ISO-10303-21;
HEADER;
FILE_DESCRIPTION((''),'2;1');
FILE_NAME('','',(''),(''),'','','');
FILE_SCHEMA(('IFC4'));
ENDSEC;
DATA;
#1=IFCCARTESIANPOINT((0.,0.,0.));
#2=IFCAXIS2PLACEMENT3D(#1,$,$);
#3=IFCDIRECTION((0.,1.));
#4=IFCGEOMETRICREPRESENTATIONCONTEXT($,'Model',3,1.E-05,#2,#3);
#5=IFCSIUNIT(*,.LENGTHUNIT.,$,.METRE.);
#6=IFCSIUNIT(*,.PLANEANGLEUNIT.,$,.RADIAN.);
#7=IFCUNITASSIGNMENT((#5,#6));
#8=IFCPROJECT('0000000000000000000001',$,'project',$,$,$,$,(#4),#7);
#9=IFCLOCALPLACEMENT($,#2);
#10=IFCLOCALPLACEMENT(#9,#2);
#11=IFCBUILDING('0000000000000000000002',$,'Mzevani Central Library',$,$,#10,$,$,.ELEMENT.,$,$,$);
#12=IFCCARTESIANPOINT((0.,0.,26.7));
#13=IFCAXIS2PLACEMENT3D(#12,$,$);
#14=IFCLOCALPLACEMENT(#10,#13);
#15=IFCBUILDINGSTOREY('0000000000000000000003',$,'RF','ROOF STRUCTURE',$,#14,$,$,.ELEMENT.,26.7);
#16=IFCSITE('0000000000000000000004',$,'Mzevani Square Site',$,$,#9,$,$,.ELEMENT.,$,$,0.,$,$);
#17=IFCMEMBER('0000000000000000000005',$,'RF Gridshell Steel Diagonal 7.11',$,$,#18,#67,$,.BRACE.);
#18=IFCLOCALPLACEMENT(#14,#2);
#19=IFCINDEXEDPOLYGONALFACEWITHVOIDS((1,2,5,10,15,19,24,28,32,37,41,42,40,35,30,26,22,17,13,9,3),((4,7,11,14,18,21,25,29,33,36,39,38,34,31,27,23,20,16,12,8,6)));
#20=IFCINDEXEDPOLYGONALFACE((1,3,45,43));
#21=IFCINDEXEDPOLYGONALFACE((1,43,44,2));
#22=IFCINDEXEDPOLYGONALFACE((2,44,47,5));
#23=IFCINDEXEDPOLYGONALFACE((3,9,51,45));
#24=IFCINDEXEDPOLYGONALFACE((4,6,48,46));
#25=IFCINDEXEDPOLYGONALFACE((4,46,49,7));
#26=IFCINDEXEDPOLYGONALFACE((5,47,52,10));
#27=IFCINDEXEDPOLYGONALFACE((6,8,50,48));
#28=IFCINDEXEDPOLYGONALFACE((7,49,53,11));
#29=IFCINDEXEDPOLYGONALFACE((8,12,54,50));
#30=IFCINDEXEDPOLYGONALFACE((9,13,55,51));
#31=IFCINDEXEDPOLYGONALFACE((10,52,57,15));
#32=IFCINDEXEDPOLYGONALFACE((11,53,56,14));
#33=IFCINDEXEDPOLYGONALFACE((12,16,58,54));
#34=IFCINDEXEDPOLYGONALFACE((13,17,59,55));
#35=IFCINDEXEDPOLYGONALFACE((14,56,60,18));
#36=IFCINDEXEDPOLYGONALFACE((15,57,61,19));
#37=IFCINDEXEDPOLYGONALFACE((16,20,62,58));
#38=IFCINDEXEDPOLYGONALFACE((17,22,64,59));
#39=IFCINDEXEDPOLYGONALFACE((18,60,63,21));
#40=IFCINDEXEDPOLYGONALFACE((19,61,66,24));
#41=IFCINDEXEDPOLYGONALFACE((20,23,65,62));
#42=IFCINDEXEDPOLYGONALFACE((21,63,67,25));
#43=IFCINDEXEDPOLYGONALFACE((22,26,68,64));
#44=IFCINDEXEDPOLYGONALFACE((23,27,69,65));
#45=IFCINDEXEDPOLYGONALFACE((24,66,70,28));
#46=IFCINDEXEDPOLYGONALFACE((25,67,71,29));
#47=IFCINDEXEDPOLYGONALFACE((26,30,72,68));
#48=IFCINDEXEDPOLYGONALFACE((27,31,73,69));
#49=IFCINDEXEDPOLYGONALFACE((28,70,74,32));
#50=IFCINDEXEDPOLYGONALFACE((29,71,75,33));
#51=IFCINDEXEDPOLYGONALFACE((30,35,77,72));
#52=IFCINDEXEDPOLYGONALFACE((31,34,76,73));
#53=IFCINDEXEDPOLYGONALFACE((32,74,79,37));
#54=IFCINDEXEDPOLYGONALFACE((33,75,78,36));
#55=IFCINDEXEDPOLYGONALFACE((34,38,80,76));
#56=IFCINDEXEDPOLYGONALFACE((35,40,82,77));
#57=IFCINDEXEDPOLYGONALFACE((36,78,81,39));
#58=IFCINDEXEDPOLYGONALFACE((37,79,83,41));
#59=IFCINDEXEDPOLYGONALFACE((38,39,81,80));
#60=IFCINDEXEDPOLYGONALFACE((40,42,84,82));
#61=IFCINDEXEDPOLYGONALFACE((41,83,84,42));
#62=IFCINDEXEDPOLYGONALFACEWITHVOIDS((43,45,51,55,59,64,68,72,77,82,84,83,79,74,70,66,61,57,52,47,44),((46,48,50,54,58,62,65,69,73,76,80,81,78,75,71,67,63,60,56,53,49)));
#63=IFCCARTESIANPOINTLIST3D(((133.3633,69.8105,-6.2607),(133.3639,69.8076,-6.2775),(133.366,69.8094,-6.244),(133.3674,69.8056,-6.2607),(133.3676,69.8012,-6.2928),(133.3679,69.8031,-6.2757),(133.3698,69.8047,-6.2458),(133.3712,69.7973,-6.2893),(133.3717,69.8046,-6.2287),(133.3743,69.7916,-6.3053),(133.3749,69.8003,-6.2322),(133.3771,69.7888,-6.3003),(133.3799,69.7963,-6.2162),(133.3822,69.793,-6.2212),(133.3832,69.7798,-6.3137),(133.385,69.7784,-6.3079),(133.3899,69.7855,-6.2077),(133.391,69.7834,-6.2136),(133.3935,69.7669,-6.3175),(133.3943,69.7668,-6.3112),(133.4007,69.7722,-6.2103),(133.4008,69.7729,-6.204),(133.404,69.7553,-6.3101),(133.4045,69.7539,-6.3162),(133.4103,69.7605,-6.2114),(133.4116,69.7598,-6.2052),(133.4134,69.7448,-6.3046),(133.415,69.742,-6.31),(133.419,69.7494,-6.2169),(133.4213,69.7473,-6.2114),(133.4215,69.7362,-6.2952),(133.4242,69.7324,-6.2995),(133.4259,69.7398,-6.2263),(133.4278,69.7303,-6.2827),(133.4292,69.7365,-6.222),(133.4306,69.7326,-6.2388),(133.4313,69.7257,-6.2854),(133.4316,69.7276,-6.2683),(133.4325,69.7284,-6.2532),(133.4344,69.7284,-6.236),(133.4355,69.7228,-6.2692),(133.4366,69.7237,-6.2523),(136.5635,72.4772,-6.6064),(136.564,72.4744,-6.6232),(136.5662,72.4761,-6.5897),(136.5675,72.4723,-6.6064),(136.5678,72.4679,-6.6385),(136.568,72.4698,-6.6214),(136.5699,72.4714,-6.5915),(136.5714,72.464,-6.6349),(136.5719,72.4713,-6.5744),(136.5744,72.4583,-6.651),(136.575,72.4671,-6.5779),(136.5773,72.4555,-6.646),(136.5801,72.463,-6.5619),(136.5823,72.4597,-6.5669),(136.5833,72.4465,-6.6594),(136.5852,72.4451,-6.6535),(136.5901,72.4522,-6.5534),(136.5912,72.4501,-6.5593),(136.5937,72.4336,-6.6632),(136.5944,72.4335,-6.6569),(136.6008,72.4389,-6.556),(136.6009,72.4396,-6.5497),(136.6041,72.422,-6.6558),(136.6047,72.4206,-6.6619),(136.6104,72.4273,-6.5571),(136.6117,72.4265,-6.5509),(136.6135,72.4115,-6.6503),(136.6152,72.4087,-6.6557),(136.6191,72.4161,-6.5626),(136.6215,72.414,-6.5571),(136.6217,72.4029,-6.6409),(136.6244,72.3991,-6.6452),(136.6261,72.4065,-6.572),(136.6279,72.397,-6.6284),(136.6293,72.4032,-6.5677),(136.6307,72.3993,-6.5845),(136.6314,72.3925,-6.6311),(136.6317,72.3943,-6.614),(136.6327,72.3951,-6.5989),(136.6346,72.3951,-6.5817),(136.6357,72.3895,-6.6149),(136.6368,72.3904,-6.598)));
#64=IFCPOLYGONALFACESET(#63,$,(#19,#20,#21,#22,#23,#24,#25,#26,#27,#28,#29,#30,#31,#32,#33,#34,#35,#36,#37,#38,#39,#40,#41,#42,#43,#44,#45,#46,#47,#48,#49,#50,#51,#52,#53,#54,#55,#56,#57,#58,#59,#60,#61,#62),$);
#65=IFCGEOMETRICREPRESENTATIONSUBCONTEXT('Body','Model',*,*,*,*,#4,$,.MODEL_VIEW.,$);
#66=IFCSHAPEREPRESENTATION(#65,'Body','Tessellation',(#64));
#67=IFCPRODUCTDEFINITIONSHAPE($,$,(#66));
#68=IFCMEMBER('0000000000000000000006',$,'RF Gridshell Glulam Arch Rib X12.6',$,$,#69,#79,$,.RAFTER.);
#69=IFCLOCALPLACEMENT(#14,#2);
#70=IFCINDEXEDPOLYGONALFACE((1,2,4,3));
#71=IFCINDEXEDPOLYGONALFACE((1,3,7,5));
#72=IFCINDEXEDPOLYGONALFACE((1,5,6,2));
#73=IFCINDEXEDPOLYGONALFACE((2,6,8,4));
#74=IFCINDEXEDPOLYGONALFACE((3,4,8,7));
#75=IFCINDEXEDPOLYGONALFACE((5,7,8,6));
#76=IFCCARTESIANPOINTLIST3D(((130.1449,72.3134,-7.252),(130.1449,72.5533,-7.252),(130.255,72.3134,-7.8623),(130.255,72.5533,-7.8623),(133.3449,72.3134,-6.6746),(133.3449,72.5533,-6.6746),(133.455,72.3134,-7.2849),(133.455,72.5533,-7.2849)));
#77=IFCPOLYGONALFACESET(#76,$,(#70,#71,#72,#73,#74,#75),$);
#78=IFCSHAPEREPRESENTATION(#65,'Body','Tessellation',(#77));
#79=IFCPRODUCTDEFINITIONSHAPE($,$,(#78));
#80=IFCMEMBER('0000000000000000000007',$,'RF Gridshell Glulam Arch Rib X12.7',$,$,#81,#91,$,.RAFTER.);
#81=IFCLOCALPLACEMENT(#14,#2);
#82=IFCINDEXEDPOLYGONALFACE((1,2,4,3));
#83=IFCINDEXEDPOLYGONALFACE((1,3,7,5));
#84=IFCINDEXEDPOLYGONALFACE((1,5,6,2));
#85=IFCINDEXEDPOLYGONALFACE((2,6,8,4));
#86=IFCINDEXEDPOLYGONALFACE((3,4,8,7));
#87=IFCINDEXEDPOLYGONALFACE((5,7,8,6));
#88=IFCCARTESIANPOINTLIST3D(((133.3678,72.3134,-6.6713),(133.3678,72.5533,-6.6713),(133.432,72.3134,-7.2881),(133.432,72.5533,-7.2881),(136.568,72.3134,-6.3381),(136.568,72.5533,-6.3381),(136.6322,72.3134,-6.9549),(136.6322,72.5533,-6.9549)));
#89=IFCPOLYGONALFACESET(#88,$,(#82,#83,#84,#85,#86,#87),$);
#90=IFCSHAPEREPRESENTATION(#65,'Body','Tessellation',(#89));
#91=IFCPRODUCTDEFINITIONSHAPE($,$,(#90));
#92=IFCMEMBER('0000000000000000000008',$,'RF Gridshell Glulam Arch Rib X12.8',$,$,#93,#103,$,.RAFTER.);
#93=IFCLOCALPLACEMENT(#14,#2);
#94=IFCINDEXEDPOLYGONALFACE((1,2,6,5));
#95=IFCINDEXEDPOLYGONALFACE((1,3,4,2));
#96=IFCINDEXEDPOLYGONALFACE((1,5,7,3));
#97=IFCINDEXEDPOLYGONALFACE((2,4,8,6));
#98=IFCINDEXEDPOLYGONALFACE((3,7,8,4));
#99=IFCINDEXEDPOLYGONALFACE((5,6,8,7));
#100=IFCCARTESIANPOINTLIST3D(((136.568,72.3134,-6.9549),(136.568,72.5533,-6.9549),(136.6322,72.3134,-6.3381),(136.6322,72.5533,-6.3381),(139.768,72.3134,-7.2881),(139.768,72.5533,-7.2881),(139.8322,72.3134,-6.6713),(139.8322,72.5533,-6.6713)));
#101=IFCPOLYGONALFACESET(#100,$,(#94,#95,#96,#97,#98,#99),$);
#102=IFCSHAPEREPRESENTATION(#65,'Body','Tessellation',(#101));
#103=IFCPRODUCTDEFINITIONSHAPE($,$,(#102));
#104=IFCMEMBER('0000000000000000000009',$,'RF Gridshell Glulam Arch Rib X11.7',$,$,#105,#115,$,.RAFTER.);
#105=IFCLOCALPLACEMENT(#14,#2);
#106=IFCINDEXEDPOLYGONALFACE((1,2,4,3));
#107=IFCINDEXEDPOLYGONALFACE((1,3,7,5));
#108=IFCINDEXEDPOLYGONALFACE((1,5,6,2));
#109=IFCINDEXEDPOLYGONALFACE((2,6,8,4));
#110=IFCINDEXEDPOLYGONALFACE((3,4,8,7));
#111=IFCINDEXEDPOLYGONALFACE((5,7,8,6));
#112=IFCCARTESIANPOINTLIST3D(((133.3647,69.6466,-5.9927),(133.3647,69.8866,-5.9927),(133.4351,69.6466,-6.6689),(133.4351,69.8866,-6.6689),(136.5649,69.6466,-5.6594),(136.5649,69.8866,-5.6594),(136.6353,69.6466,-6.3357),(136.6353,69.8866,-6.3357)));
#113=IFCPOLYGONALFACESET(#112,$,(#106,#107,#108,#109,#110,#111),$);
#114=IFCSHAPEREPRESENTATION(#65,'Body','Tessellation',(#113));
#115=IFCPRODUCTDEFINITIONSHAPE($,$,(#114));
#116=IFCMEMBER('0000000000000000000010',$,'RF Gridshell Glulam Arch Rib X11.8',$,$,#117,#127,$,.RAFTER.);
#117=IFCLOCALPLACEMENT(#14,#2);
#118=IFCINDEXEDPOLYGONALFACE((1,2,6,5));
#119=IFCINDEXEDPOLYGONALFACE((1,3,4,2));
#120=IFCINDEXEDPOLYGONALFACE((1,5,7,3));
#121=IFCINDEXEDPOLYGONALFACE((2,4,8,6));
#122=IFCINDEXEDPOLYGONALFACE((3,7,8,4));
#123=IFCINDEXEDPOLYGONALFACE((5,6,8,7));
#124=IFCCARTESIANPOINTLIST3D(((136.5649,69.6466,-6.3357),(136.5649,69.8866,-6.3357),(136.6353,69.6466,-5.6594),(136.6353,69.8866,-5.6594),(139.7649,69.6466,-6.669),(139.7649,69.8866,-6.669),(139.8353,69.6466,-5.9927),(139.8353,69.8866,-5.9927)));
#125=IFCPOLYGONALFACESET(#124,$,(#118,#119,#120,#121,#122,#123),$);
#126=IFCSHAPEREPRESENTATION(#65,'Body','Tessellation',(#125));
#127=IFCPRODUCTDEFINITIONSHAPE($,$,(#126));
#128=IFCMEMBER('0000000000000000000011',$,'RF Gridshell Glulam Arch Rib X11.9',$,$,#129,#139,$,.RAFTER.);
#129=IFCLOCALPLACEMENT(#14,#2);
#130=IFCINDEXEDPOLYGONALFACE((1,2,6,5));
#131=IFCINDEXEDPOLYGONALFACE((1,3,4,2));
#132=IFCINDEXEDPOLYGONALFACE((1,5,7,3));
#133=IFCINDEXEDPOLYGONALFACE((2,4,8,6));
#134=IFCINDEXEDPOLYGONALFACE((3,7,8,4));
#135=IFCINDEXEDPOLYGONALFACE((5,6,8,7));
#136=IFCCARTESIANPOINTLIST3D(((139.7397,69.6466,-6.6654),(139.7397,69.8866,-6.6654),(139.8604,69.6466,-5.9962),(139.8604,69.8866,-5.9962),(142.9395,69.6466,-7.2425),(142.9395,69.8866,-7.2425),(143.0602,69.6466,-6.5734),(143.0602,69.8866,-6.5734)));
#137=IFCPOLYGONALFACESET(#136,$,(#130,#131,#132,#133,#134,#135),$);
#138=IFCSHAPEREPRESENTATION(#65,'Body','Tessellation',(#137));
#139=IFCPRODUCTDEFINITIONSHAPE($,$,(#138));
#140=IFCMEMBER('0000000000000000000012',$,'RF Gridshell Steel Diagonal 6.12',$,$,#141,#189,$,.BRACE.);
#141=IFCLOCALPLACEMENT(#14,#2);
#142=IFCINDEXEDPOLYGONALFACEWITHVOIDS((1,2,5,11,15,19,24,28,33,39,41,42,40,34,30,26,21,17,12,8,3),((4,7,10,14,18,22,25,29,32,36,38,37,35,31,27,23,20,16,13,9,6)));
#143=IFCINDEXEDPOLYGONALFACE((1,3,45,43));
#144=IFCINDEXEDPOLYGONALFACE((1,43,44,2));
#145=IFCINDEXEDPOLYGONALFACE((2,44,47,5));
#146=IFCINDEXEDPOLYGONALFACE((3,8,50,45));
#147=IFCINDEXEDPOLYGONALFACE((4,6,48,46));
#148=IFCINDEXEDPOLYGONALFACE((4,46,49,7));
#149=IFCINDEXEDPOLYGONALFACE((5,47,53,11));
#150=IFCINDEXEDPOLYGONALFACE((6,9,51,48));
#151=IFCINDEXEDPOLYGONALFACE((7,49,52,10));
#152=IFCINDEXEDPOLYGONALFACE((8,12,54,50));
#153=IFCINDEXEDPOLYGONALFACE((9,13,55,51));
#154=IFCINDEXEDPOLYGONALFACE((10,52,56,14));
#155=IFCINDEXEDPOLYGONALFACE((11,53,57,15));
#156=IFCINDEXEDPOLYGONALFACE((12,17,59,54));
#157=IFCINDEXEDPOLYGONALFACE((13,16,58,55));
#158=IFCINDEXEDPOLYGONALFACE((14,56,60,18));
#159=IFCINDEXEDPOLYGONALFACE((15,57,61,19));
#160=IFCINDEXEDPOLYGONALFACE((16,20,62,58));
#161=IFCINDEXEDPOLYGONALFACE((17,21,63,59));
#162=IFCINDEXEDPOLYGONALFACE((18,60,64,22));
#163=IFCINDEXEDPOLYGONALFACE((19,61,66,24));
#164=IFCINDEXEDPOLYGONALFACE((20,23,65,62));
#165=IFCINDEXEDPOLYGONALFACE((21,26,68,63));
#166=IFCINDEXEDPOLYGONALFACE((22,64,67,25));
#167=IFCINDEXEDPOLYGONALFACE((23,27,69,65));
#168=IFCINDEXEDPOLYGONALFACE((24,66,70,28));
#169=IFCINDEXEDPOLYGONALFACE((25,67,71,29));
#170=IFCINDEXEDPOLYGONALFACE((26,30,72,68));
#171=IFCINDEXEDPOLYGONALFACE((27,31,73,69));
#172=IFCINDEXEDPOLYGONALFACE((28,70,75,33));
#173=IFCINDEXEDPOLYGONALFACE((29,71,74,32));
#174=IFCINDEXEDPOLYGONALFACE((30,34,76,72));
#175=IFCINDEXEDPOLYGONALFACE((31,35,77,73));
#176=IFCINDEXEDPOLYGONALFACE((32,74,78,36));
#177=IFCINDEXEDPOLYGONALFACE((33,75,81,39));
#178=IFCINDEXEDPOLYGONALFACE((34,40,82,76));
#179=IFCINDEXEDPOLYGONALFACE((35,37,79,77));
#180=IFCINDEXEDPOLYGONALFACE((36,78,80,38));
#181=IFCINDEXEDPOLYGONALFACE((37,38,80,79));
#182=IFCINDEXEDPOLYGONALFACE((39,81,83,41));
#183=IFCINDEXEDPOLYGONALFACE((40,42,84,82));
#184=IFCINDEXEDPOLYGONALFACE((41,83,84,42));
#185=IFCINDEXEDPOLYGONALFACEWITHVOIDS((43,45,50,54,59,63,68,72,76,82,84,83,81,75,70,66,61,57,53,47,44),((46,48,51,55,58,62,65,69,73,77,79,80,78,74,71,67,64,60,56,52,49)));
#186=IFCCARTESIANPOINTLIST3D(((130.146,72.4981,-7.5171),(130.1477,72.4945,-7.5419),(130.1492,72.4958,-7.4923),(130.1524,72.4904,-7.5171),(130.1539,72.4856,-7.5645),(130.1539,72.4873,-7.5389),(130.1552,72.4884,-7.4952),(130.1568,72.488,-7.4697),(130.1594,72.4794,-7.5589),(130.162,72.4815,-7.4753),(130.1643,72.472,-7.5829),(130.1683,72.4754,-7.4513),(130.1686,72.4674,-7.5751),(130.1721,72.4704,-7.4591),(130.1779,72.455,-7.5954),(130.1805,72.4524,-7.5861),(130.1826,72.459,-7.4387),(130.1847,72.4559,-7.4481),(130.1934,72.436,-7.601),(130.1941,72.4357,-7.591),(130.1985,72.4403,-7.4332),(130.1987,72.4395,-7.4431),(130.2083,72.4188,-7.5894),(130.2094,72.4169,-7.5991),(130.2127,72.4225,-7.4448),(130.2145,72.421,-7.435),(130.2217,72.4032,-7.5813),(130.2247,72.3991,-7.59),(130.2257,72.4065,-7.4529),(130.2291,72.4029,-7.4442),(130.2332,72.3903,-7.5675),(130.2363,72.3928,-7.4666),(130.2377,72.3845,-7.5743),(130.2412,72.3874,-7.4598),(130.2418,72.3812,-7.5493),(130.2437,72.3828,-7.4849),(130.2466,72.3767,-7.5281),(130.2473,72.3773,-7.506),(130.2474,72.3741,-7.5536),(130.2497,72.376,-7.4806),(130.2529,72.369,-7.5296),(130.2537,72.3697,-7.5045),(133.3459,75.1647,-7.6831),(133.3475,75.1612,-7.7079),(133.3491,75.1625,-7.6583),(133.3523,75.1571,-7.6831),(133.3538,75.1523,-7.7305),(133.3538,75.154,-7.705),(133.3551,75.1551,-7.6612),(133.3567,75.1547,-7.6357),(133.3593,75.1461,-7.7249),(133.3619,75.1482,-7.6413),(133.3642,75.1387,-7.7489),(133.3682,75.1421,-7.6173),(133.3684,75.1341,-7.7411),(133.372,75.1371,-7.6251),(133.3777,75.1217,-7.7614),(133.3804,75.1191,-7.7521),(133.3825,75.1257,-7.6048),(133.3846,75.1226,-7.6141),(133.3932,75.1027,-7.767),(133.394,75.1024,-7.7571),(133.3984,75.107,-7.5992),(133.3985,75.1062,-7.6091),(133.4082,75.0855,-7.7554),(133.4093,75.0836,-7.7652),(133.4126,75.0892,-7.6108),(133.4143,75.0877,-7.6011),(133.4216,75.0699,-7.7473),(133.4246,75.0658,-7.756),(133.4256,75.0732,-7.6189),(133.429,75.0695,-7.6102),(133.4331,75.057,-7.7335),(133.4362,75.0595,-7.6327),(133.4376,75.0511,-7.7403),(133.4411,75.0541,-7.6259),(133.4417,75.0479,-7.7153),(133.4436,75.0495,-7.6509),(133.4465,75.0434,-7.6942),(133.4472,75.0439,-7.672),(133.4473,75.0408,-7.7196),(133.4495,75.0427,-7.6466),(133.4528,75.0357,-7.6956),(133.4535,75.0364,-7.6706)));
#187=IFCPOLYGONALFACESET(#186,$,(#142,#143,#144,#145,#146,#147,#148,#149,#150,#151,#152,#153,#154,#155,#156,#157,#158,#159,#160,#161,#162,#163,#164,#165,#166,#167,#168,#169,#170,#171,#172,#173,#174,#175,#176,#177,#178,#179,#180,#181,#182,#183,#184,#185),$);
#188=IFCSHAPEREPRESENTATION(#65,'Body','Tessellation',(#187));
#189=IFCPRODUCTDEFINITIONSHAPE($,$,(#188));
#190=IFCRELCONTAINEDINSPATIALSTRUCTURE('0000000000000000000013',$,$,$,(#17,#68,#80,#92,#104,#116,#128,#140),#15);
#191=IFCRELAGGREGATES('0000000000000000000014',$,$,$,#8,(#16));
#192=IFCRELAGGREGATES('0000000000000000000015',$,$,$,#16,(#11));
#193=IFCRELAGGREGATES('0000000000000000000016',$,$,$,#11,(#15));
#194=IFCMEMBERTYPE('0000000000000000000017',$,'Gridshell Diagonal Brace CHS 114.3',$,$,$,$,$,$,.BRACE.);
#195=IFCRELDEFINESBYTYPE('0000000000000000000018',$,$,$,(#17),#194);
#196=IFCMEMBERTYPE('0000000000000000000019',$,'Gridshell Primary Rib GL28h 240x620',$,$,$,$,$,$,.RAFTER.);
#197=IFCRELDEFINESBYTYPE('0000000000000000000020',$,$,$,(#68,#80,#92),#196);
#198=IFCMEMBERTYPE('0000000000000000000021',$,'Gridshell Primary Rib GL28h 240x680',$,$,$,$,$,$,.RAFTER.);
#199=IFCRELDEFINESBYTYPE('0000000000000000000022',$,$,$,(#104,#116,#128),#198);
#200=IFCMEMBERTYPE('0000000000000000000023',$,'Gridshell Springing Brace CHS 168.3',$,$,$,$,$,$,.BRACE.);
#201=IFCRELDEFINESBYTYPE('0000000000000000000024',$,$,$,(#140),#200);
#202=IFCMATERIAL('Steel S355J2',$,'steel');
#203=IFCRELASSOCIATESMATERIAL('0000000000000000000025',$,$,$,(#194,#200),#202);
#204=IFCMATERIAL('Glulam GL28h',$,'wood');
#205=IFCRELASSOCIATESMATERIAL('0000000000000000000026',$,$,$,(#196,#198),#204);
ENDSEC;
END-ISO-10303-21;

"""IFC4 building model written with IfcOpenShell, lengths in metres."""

from ifc_helpers import new_model, si_unit, direction, frame, origin, origin_2d, place, context, subcontext, project, spatial, rectangle, hollow_circle, extrude, material, material_profile, profile_set, type_object, element, save


model = new_model("IFC4")

# Units and contexts
model_context = context("Model", 3, precision=1e-05, world=origin(), true_north=direction((0.0, 1.0)))
body_context = subcontext(model_context, "Body", "Model", "MODEL_VIEW")
ifc_project = project(units=[si_unit("LENGTHUNIT", "METRE"), si_unit("PLANEANGLEUNIT", "RADIAN")], contexts=[model_context])

# Site, building, storey
site_placement = place(None, origin())
site = spatial("IfcSite", under=ifc_project, at=site_placement, Name="Mzevani Square Site", CompositionType="ELEMENT", RefElevation=0.0)
building_placement = place(site_placement, origin())
building = spatial("IfcBuilding", under=site, at=building_placement, Name="Mzevani Central Library", CompositionType="ELEMENT")
storey_placement = place(building_placement, frame((0.0, 0.0, 26.7)))
storey = spatial("IfcBuildingStorey", under=building, at=storey_placement, Name="RF", Description="ROOF STRUCTURE", CompositionType="ELEMENT", Elevation=26.7)

# Members
ifc_material_1 = material(Name="Steel S355J2", Category="steel")
ifc_material_profile_1 = material_profile(ifc_material_1, hollow_circle(Radius=0.0571, WallThickness=0.0063, at=origin_2d()), Name="CHS 114.3x6.3")
ifc_profile_set_1 = profile_set([ifc_material_profile_1], Name="Steel S355J2")
member_type_1 = type_object("IfcMemberType", Name="Gridshell Diagonal Brace CHS 114.3", PredefinedType="BRACE", material=ifc_profile_set_1)
member_1_placement = place(storey_placement, frame((133.3999, 69.7666, -6.2607), z_axis=(0.765599, 0.63798, -0.082704), x_axis=(-0.640173, 0.768231, 0.0)))
element("IfcMember", 1, at=member_1_placement, inside=storey, type_object=member_type_1, Name="RF Gridshell Steel Diagonal 7.11", PredefinedType="BRACE", context=body_context, shape_type="SweptSolid", body=[
    extrude(hollow_circle(Radius=0.0571, WallThickness=0.0063, at=origin_2d()), origin(), (0.0, 0.0, 1.0), 4.1799),
])
ifc_material_2 = material(Name="Glulam GL28h", Category="wood")
ifc_material_profile_2 = material_profile(ifc_material_2, rectangle(XDim=0.24, YDim=0.6201, at=origin_2d()), Name="GL28h 240x620")
ifc_profile_set_2 = profile_set([ifc_material_profile_2], Name="Glulam GL28h")
member_type_2 = type_object("IfcMemberType", Name="Gridshell Primary Rib GL28h 240x620", PredefinedType="RAFTER", material=ifc_profile_set_2)
member_2_placement = place(storey_placement, frame((130.2, 72.4333, -7.5571), z_axis=(0.984108, 0.0, 0.17757), x_axis=(0.0, 1.0, 0.0)))
element("IfcMember", 2, at=member_2_placement, inside=storey, type_object=member_type_2, Name="RF Gridshell Glulam Arch Rib X12.6", PredefinedType="RAFTER", context=body_context, shape_type="SweptSolid", body=[
    extrude(rectangle(XDim=0.24, YDim=0.6201, at=origin_2d()), origin(), (0.0, 0.0, 1.0), 3.2517),
])
member_3_placement = place(storey_placement, frame((133.3999, 72.4333, -6.9797), z_axis=(0.994622, 0.0, 0.103575), x_axis=(0.0, 1.0, 0.0)))
element("IfcMember", 3, at=member_3_placement, inside=storey, type_object=member_type_2, Name="RF Gridshell Glulam Arch Rib X12.7", PredefinedType="RAFTER", context=body_context, shape_type="SweptSolid", body=[
    extrude(rectangle(XDim=0.24, YDim=0.6201, at=origin_2d()), origin(), (0.0, 0.0, 1.0), 3.2175),
])
member_4_placement = place(storey_placement, frame((136.6001, 72.4333, -6.6465), z_axis=(0.994621, 0.0, -0.103583), x_axis=(0.0, 1.0, 0.0)))
element("IfcMember", 4, at=member_4_placement, inside=storey, type_object=member_type_2, Name="RF Gridshell Glulam Arch Rib X12.8", PredefinedType="RAFTER", context=body_context, shape_type="SweptSolid", body=[
    extrude(rectangle(XDim=0.24, YDim=0.6201, at=origin_2d()), origin(), (0.0, 0.0, 1.0), 3.2173),
])
ifc_material_profile_3 = material_profile(ifc_material_2, rectangle(XDim=0.24, YDim=0.6799, at=origin_2d()), Name="GL28h 240x680")
ifc_profile_set_3 = profile_set([ifc_material_profile_3], Name="Glulam GL28h")
member_type_3 = type_object("IfcMemberType", Name="Gridshell Primary Rib GL28h 240x680", PredefinedType="RAFTER", material=ifc_profile_set_3)
member_5_placement = place(storey_placement, frame((133.3999, 69.7666, -6.3308), z_axis=(0.994622, 0.0, 0.103575), x_axis=(0.0, 1.0, 0.0)))
element("IfcMember", 5, at=member_5_placement, inside=storey, type_object=member_type_3, Name="RF Gridshell Glulam Arch Rib X11.7", PredefinedType="RAFTER", context=body_context, shape_type="SweptSolid", body=[
    extrude(rectangle(XDim=0.24, YDim=0.6799, at=origin_2d()), origin(), (0.0, 0.0, 1.0), 3.2175),
])
member_6_placement = place(storey_placement, frame((136.6001, 69.7666, -5.9976), z_axis=(0.994621, 0.0, -0.103583), x_axis=(0.0, 1.0, 0.0)))
element("IfcMember", 6, at=member_6_placement, inside=storey, type_object=member_type_3, Name="RF Gridshell Glulam Arch Rib X11.8", PredefinedType="RAFTER", context=body_context, shape_type="SweptSolid", body=[
    extrude(rectangle(XDim=0.24, YDim=0.6799, at=origin_2d()), origin(), (0.0, 0.0, 1.0), 3.2173),
])
member_7_placement = place(storey_placement, frame((139.8, 69.7666, -6.3308), z_axis=(0.984121, 0.0, -0.177498), x_axis=(0.0, 1.0, 0.0)))
element("IfcMember", 7, at=member_7_placement, inside=storey, type_object=member_type_3, Name="RF Gridshell Glulam Arch Rib X11.9", PredefinedType="RAFTER", context=body_context, shape_type="SweptSolid", body=[
    extrude(rectangle(XDim=0.24, YDim=0.6799, at=origin_2d()), origin(), (0.0, 0.0, 1.0), 3.2515),
])
ifc_material_profile_4 = material_profile(ifc_material_1, hollow_circle(Radius=0.0842, WallThickness=0.01, at=origin_2d()), Name="CHS 168.3x10.0")
ifc_profile_set_4 = profile_set([ifc_material_profile_4], Name="Steel S355J2")
member_type_4 = type_object("IfcMemberType", Name="Gridshell Springing Brace CHS 168.3", PredefinedType="BRACE", material=ifc_profile_set_4)
member_8_placement = place(storey_placement, frame((130.2, 72.4333, -7.5171), z_axis=(0.767597, 0.639694, -0.039823), x_axis=(-0.640202, 0.768207, 0.0)))
element("IfcMember", 8, at=member_8_placement, inside=storey, type_object=member_type_4, Name="RF Gridshell Steel Diagonal 6.12", PredefinedType="BRACE", context=body_context, shape_type="SweptSolid", body=[
    extrude(hollow_circle(Radius=0.0842, WallThickness=0.01, at=origin_2d()), origin(), (0.0, 0.0, 1.0), 4.1687),
])

save(model, "model.ifc")
